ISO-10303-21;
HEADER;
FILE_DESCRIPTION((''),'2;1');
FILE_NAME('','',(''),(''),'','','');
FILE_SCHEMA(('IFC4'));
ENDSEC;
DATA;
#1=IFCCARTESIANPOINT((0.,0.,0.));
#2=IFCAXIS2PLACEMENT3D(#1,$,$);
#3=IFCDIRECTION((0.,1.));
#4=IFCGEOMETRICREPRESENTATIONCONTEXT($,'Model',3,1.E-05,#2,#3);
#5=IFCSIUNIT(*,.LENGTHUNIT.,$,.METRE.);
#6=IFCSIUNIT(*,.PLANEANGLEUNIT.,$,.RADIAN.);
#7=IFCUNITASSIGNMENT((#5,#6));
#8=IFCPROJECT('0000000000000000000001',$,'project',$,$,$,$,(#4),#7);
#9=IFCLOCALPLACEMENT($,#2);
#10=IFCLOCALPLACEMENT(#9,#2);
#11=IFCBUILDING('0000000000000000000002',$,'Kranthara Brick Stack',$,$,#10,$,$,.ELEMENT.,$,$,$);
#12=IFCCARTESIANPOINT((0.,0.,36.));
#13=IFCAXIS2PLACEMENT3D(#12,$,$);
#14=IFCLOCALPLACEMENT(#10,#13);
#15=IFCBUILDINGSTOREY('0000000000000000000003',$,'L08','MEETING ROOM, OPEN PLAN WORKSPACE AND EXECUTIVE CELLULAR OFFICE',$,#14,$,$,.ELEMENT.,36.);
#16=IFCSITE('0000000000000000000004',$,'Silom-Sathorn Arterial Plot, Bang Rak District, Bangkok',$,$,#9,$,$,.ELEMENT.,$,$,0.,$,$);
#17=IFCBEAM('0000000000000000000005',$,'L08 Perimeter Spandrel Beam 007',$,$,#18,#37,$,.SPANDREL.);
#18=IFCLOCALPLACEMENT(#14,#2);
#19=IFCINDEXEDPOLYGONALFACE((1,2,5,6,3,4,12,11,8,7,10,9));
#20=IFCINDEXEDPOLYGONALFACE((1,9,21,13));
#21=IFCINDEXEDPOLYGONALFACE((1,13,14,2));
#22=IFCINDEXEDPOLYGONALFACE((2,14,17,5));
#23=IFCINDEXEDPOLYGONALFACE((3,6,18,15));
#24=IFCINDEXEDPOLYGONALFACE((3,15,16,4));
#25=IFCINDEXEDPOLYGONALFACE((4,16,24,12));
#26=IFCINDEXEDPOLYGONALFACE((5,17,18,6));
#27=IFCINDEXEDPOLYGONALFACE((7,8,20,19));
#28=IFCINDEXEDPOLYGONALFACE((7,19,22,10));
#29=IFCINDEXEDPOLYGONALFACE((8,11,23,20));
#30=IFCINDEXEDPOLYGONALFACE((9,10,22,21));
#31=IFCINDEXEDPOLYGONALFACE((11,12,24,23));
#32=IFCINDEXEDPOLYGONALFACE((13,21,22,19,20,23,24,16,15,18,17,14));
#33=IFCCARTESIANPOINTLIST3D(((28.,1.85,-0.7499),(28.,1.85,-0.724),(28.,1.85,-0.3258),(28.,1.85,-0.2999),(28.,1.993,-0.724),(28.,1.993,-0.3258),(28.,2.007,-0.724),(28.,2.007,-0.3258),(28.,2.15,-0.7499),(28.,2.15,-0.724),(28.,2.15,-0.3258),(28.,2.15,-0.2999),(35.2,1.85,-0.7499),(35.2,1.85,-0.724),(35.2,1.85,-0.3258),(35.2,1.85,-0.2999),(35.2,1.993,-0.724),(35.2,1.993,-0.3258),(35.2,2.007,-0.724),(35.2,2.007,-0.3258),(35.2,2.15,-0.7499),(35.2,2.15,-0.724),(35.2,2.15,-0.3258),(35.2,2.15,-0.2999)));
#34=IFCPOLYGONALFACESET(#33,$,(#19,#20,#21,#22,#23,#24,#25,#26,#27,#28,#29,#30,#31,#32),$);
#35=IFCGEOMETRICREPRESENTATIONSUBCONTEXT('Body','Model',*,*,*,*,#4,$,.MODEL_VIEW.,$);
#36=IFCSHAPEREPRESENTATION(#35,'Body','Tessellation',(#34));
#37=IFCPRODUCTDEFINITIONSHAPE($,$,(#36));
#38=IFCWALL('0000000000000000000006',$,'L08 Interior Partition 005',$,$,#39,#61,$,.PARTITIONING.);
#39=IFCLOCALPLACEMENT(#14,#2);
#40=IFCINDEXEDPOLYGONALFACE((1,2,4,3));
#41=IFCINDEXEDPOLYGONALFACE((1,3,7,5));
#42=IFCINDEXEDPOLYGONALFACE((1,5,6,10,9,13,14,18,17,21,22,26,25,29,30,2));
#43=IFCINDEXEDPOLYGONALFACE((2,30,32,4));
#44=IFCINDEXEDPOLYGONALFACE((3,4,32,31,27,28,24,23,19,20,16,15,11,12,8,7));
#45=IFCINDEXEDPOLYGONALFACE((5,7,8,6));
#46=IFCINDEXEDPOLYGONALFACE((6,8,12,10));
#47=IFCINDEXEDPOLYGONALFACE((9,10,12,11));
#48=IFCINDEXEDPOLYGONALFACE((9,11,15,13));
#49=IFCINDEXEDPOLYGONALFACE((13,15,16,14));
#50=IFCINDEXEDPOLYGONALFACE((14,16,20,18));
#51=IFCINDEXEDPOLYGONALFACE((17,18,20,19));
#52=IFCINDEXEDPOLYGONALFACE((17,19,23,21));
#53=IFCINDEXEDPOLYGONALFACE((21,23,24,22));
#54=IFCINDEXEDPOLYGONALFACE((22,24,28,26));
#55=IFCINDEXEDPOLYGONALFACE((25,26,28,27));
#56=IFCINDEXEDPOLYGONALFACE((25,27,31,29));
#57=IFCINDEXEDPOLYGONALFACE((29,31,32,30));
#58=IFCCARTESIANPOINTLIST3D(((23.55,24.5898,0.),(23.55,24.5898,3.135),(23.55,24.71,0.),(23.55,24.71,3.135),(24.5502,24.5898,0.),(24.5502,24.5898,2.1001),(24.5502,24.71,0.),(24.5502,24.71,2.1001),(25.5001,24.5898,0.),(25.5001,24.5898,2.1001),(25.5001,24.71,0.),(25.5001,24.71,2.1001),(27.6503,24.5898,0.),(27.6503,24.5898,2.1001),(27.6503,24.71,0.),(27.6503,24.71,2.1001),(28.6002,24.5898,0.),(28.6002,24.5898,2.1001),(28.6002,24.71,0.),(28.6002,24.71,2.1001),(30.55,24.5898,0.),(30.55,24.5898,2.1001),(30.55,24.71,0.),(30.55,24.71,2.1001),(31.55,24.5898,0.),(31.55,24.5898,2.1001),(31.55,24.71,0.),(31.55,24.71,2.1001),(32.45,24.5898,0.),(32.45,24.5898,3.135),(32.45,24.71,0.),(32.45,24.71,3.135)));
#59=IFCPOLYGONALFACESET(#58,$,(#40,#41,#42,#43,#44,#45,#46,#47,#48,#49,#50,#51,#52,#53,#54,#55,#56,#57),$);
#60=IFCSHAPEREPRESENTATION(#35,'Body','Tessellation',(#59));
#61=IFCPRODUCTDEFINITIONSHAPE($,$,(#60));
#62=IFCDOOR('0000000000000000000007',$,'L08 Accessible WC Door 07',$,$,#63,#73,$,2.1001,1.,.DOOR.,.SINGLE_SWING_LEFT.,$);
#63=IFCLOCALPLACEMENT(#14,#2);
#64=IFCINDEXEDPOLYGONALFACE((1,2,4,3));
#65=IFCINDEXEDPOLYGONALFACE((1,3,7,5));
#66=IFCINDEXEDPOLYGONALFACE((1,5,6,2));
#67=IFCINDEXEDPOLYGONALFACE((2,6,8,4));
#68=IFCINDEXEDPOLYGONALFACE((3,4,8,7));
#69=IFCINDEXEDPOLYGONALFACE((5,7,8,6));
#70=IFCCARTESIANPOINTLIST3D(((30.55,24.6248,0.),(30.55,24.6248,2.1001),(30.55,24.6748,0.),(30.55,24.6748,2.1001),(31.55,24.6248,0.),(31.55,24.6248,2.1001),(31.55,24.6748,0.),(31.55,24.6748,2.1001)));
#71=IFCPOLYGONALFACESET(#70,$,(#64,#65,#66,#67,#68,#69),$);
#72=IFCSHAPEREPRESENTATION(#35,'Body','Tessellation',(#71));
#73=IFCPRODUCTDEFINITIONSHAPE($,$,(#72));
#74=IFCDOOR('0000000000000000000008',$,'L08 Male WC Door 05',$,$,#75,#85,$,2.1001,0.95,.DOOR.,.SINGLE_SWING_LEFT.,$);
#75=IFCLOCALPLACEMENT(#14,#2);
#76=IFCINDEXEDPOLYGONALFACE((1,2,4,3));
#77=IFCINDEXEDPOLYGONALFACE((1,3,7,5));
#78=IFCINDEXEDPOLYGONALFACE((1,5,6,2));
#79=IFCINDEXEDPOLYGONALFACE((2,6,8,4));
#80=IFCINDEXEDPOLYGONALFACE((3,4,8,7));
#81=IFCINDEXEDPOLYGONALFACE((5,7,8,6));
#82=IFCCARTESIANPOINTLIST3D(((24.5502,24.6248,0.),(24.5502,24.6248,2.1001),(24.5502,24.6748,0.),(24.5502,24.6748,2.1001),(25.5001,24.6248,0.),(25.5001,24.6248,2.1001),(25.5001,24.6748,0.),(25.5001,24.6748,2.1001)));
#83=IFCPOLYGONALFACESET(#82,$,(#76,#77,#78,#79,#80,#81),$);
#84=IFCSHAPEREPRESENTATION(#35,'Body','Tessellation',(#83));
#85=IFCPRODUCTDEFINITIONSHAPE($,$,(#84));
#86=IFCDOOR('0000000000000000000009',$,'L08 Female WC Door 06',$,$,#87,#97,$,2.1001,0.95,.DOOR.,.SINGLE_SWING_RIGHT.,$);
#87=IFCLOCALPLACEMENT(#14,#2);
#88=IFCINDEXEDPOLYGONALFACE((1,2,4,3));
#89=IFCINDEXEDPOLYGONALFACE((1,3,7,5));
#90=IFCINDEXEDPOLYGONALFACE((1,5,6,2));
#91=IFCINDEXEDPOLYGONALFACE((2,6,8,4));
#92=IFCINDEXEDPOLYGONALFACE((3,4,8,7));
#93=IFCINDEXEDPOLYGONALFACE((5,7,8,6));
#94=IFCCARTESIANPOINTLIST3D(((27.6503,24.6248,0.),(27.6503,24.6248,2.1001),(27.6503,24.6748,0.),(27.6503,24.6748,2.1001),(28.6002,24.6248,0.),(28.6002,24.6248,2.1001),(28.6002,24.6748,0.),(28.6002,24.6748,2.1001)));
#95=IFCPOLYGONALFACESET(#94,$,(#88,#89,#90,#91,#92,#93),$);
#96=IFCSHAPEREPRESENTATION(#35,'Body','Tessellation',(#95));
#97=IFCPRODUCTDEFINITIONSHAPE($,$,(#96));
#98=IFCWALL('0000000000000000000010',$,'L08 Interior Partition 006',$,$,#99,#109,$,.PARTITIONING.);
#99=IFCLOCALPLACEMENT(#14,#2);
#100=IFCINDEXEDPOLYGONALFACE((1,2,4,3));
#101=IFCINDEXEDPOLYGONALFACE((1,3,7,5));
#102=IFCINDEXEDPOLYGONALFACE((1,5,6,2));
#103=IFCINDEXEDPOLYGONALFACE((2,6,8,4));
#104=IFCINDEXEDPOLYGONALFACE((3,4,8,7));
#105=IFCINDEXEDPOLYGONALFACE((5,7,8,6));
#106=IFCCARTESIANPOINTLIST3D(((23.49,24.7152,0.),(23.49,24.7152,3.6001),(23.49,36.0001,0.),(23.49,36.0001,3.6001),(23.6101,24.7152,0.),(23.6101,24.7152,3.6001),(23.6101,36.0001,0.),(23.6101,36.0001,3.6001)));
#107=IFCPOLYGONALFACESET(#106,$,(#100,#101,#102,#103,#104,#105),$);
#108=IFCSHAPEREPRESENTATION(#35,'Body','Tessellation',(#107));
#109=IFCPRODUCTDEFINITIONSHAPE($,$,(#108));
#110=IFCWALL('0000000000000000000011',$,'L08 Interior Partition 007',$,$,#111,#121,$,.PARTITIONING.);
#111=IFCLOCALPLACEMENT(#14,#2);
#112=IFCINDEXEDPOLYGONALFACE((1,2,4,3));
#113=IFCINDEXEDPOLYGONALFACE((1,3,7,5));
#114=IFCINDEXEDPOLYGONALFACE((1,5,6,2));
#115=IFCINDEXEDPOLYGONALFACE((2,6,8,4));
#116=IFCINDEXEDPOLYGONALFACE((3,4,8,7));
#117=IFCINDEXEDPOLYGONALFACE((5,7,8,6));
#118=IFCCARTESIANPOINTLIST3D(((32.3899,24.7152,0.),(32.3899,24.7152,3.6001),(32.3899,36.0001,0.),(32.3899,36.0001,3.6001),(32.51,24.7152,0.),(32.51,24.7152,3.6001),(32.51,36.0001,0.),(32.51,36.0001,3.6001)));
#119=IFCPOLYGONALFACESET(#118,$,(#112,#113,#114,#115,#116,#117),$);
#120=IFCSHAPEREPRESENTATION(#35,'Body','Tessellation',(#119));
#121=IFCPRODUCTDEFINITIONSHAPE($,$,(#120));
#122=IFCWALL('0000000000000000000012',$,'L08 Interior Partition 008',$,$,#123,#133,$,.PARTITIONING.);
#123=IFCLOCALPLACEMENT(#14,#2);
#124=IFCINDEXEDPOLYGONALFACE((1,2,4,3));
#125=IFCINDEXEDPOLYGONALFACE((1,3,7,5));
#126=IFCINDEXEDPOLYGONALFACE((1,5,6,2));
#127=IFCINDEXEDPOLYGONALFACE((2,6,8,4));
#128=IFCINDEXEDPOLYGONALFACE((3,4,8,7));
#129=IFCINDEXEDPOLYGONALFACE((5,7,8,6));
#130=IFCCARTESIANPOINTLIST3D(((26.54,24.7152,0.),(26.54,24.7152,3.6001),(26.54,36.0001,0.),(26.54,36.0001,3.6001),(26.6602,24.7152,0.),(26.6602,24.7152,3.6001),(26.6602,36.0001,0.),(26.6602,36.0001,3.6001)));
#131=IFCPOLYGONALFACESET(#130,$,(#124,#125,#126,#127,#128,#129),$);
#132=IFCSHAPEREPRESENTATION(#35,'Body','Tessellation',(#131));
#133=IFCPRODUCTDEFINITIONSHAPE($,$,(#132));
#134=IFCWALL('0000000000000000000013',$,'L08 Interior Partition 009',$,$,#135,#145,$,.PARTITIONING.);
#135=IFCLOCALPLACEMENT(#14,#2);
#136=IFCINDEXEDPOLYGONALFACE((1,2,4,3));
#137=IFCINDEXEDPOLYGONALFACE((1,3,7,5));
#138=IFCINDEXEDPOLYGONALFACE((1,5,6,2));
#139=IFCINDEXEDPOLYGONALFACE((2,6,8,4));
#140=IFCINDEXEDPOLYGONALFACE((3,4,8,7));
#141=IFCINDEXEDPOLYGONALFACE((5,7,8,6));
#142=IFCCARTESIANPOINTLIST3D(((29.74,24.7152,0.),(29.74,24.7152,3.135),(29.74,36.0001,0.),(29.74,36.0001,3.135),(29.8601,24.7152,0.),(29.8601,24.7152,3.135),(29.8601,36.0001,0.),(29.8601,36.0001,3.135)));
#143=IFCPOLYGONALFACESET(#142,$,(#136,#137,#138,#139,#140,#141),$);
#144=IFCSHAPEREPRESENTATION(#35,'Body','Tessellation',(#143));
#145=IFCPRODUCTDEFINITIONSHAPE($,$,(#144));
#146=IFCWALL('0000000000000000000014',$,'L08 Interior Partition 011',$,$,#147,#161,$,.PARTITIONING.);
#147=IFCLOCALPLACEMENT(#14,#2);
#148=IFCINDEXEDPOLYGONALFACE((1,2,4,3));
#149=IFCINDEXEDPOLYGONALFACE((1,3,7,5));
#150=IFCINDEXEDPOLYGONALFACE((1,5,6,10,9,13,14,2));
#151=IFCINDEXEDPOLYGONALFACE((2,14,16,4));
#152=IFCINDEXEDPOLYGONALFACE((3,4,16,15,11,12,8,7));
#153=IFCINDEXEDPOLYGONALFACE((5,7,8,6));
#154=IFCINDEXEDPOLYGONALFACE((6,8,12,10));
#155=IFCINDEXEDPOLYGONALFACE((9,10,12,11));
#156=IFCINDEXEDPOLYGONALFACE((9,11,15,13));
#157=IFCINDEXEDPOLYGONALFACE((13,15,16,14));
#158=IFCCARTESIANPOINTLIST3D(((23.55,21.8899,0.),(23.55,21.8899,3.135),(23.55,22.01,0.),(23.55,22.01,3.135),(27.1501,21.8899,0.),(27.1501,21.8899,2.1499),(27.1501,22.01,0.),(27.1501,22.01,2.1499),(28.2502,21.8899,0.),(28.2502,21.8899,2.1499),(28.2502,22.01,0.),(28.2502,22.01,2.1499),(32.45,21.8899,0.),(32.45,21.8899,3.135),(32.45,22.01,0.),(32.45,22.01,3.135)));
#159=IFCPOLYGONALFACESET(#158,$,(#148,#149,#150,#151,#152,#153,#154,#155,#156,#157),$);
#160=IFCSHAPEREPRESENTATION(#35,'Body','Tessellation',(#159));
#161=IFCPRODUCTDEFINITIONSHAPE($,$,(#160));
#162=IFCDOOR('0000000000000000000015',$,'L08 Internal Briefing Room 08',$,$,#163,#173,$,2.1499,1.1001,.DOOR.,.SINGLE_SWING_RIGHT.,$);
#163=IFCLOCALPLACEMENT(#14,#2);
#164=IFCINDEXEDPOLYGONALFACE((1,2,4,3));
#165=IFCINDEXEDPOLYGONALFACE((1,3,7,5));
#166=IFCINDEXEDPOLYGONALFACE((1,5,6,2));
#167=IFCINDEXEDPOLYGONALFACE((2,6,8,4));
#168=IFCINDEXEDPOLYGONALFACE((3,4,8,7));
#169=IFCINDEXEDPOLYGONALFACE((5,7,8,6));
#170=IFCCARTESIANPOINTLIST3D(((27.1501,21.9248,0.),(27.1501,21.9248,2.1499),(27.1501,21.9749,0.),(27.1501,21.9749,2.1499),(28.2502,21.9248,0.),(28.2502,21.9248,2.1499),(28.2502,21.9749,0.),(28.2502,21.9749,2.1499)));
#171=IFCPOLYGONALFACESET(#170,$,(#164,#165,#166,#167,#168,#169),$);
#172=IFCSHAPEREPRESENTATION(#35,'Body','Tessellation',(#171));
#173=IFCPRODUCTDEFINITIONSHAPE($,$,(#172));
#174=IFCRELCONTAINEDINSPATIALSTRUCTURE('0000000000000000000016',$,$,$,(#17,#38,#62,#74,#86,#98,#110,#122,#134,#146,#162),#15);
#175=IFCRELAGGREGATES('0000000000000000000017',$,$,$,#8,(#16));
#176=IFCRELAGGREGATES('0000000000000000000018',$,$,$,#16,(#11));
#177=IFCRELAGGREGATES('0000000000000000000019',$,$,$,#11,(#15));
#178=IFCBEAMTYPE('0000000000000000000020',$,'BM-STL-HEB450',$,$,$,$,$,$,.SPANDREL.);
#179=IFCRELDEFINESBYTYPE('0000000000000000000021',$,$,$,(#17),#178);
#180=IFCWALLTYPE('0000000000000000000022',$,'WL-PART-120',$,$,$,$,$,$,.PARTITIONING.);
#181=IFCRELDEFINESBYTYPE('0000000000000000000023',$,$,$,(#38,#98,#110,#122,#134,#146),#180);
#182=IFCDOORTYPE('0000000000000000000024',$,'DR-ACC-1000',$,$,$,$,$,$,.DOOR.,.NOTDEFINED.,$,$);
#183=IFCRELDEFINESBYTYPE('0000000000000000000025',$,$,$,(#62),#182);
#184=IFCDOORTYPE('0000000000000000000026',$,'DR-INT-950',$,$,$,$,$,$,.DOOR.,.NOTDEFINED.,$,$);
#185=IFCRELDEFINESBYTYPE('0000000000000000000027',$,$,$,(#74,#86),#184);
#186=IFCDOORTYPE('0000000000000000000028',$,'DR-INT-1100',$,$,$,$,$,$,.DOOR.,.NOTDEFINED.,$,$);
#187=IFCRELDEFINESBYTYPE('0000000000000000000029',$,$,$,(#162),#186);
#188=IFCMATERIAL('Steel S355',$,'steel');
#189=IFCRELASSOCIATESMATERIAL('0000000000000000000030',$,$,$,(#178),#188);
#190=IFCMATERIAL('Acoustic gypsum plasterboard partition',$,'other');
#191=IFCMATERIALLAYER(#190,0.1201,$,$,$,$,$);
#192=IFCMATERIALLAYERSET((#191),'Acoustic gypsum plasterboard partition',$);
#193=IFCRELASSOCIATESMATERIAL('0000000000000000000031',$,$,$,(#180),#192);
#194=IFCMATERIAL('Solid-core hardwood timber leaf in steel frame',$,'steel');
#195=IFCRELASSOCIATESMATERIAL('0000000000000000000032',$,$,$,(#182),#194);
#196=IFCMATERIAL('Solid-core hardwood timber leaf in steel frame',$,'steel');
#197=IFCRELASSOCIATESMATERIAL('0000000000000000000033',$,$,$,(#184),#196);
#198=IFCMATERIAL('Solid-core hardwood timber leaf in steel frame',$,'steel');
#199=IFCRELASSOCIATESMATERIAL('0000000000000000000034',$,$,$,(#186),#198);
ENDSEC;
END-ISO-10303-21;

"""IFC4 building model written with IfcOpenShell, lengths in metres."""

from ifc_helpers import new_model, si_unit, direction, frame, frame_2d, origin, origin_2d, place, context, subcontext, project, spatial, rectangle, i_section, extrude, material, layer, layer_set, material_profile, profile_set, type_object, element, fill, save


model = new_model("IFC4")

# Units and contexts
model_context = context("Model", 3, precision=1e-05, world=origin(), true_north=direction((0.0, 1.0)))
body_context = subcontext(model_context, "Body", "Model", "MODEL_VIEW")
ifc_project = project(units=[si_unit("LENGTHUNIT", "METRE"), si_unit("PLANEANGLEUNIT", "RADIAN")], contexts=[model_context])

# Site, building, storey
site_placement = place(None, origin())
site = spatial("IfcSite", under=ifc_project, at=site_placement, Name="Silom-Sathorn Arterial Plot, Bang Rak District, Bangkok", CompositionType="ELEMENT", RefElevation=0.0)
building_placement = place(site_placement, origin())
building = spatial("IfcBuilding", under=site, at=building_placement, Name="Kranthara Brick Stack", CompositionType="ELEMENT")
storey_placement = place(building_placement, frame((0.0, 0.0, 36.0)))
storey = spatial("IfcBuildingStorey", under=building, at=storey_placement, Name="L08", Description="MEETING ROOM, OPEN PLAN WORKSPACE AND EXECUTIVE CELLULAR OFFICE", CompositionType="ELEMENT", Elevation=36.0)

# Beam
ifc_material_1 = material(Name="Steel S355", Category="steel")
ifc_material_profile_1 = material_profile(ifc_material_1, i_section(OverallWidth=0.3, OverallDepth=0.45, WebThickness=0.0139, FlangeThickness=0.0259, at=origin_2d()), Name="HEB 450")
ifc_profile_set_1 = profile_set([ifc_material_profile_1], Name="Steel S355")
beam_type_1 = type_object("IfcBeamType", Name="BM-STL-HEB450", PredefinedType="SPANDREL", material=ifc_profile_set_1)
beam_1_placement = place(storey_placement, frame((28.0, 2.0, -0.5249), z_axis=(1.0, 0.0, 0.0), x_axis=(0.0, 1.0, 0.0)))
element("IfcBeam", 1, at=beam_1_placement, inside=storey, type_object=beam_type_1, Name="L08 Perimeter Spandrel Beam 007", PredefinedType="SPANDREL", context=body_context, shape_type="SweptSolid", body=[
    extrude(i_section(OverallWidth=0.3, OverallDepth=0.45, WebThickness=0.0139, FlangeThickness=0.0259, at=origin_2d()), origin(), (0.0, 0.0, 1.0), 7.2),
])

# Wall, openings, doors
ifc_material_2 = material(Name="Acoustic gypsum plasterboard partition", Category="other")
ifc_layer = layer(ifc_material_2, 0.1201)
ifc_layer_set = layer_set([ifc_layer], Name="Acoustic gypsum plasterboard partition")
wall_type = type_object("IfcWallType", Name="WL-PART-120", PredefinedType="PARTITIONING", material=ifc_layer_set)
wall_1_placement = place(storey_placement, frame((23.55, 24.6499, 0.0), z_axis=(0.0, 0.0, 1.0), x_axis=(1.0, 0.0, 0.0)))
wall_1 = element("IfcWall", 2, at=wall_1_placement, inside=storey, type_object=wall_type, Name="L08 Interior Partition 005", PredefinedType="PARTITIONING", context=body_context, shape_type="SweptSolid", body=[
    extrude(rectangle(XDim=8.8999, YDim=0.1201, at=frame_2d((4.45, 0.0))), origin(), (0.0, 0.0, 1.0), 3.135),
])
opening_1_placement = place(wall_1_placement, frame((1.0, 0.0, 0.0)))
opening_1 = element("IfcOpeningElement", 3, at=opening_1_placement, cuts=wall_1, PredefinedType="OPENING", context=body_context, shape_type="SweptSolid", body=[
    extrude(rectangle(XDim=0.95, YDim=2.1001, at=frame_2d((0.4751, 1.05))), frame((0.0, 0.0701, 0.0), z_axis=(0.0, -1.0, 0.0), x_axis=(1.0, 0.0, 0.0)), (0.0, 0.0, 1.0), 0.1401),
])
opening_2_placement = place(wall_1_placement, frame((4.1001, 0.0, 0.0)))
opening_2 = element("IfcOpeningElement", 4, at=opening_2_placement, cuts=wall_1, PredefinedType="OPENING", context=body_context, shape_type="SweptSolid", body=[
    extrude(rectangle(XDim=0.95, YDim=2.1001, at=frame_2d((0.4751, 1.05))), frame((0.0, 0.0701, 0.0), z_axis=(0.0, -1.0, 0.0), x_axis=(1.0, 0.0, 0.0)), (0.0, 0.0, 1.0), 0.1401),
])
opening_3_placement = place(wall_1_placement, frame((7.0, 0.0, 0.0)))
opening_3 = element("IfcOpeningElement", 5, at=opening_3_placement, cuts=wall_1, PredefinedType="OPENING", context=body_context, shape_type="SweptSolid", body=[
    extrude(rectangle(XDim=1.0, YDim=2.1001, at=frame_2d((0.5, 1.05))), frame((0.0, 0.0701, 0.0), z_axis=(0.0, -1.0, 0.0), x_axis=(1.0, 0.0, 0.0)), (0.0, 0.0, 1.0), 0.1401),
])
ifc_material_3 = material(Name="Solid-core hardwood timber leaf in steel frame", Category="steel")
door_type_1 = type_object("IfcDoorType", Name="DR-ACC-1000", OperationType="NOTDEFINED", PredefinedType="DOOR", material=ifc_material_3)
door_1_placement = place(opening_3_placement, origin())
door_1 = element("IfcDoor", 6, at=door_1_placement, inside=storey, type_object=door_type_1, Name="L08 Accessible WC Door 07", OperationType="SINGLE_SWING_LEFT", OverallHeight=2.1001, OverallWidth=1.0, PredefinedType="DOOR", context=body_context, shape_type="SweptSolid", body=[
    extrude(rectangle(XDim=1.0, YDim=2.1001, at=frame_2d((0.5, 1.05))), frame((0.0, 0.0249, 0.0), z_axis=(0.0, -1.0, 0.0), x_axis=(1.0, 0.0, 0.0)), (0.0, 0.0, 1.0), 0.05),
])
fill(opening_3, door_1)
ifc_material_4 = material(Name="Solid-core hardwood timber leaf in steel frame", Category="steel")
door_type_2 = type_object("IfcDoorType", Name="DR-INT-950", OperationType="NOTDEFINED", PredefinedType="DOOR", material=ifc_material_4)
door_2_placement = place(opening_1_placement, origin())
door_2 = element("IfcDoor", 7, at=door_2_placement, inside=storey, type_object=door_type_2, Name="L08 Male WC Door 05", OperationType="SINGLE_SWING_LEFT", OverallHeight=2.1001, OverallWidth=0.95, PredefinedType="DOOR", context=body_context, shape_type="SweptSolid", body=[
    extrude(rectangle(XDim=0.95, YDim=2.1001, at=frame_2d((0.4751, 1.05))), frame((0.0, 0.0249, 0.0), z_axis=(0.0, -1.0, 0.0), x_axis=(1.0, 0.0, 0.0)), (0.0, 0.0, 1.0), 0.05),
])
fill(opening_1, door_2)
door_3_placement = place(opening_2_placement, origin())
door_3 = element("IfcDoor", 8, at=door_3_placement, inside=storey, type_object=door_type_2, Name="L08 Female WC Door 06", OperationType="SINGLE_SWING_RIGHT", OverallHeight=2.1001, OverallWidth=0.95, PredefinedType="DOOR", context=body_context, shape_type="SweptSolid", body=[
    extrude(rectangle(XDim=0.95, YDim=2.1001, at=frame_2d((0.4751, 1.05))), frame((0.0, 0.0249, 0.0), z_axis=(0.0, -1.0, 0.0), x_axis=(1.0, 0.0, 0.0)), (0.0, 0.0, 1.0), 0.05),
])
fill(opening_2, door_3)

# Walls
for number, where, z_axis, x_axis, name in (
    (9, (23.55, 24.7151, 0.0), (0.0, 0.0, 1.0), (0.0, 1.0, 0.0), "L08 Interior Partition 006"),
    (10, (32.45, 24.7151, 0.0), (0.0, 0.0, 1.0), (0.0, 1.0, 0.0), "L08 Interior Partition 007"),
    (11, (26.6001, 24.7151, 0.0), (0.0, 0.0, 1.0), (0.0, 1.0, 0.0), "L08 Interior Partition 008"),
):
    element("IfcWall", number, at=place(storey_placement, frame(where, z_axis=z_axis, x_axis=x_axis)), inside=storey, type_object=wall_type, Name=name, PredefinedType="PARTITIONING", context=body_context, shape_type="SweptSolid", body=[
        extrude(rectangle(XDim=11.2849, YDim=0.1201, at=frame_2d((5.6426, 0.0))), origin(), (0.0, 0.0, 1.0), 3.6001),
    ])
wall_2_placement = place(storey_placement, frame((29.8, 24.7151, 0.0), z_axis=(0.0, 0.0, 1.0), x_axis=(0.0, 1.0, 0.0)))
element("IfcWall", 12, at=wall_2_placement, inside=storey, type_object=wall_type, Name="L08 Interior Partition 009", PredefinedType="PARTITIONING", context=body_context, shape_type="SweptSolid", body=[
    extrude(rectangle(XDim=11.2849, YDim=0.1201, at=frame_2d((5.6426, 0.0))), origin(), (0.0, 0.0, 1.0), 3.135),
])

# Wall, opening, door
wall_3_placement = place(storey_placement, frame((23.55, 21.95, 0.0), z_axis=(0.0, 0.0, 1.0), x_axis=(1.0, 0.0, 0.0)))
wall_3 = element("IfcWall", 13, at=wall_3_placement, inside=storey, type_object=wall_type, Name="L08 Interior Partition 011", PredefinedType="PARTITIONING", context=body_context, shape_type="SweptSolid", body=[
    extrude(rectangle(XDim=8.8999, YDim=0.1201, at=frame_2d((4.45, 0.0))), origin(), (0.0, 0.0, 1.0), 3.135),
])
opening_4_placement = place(wall_3_placement, frame((3.6001, 0.0, 0.0)))
opening_4 = element("IfcOpeningElement", 14, at=opening_4_placement, cuts=wall_3, PredefinedType="OPENING", context=body_context, shape_type="SweptSolid", body=[
    extrude(rectangle(XDim=1.1001, YDim=2.1499, at=frame_2d((0.55, 1.075))), frame((0.0, 0.0701, 0.0), z_axis=(0.0, -1.0, 0.0), x_axis=(1.0, 0.0, 0.0)), (0.0, 0.0, 1.0), 0.1401),
])
ifc_material_5 = material(Name="Solid-core hardwood timber leaf in steel frame", Category="steel")
door_type_3 = type_object("IfcDoorType", Name="DR-INT-1100", OperationType="NOTDEFINED", PredefinedType="DOOR", material=ifc_material_5)
door_4_placement = place(opening_4_placement, origin())
door_4 = element("IfcDoor", 15, at=door_4_placement, inside=storey, type_object=door_type_3, Name="L08 Internal Briefing Room 08", OperationType="SINGLE_SWING_RIGHT", OverallHeight=2.1499, OverallWidth=1.1001, PredefinedType="DOOR", context=body_context, shape_type="SweptSolid", body=[
    extrude(rectangle(XDim=1.1001, YDim=2.1499, at=frame_2d((0.55, 1.075))), frame((0.0, 0.0249, 0.0), z_axis=(0.0, -1.0, 0.0), x_axis=(1.0, 0.0, 0.0)), (0.0, 0.0, 1.0), 0.05),
])
fill(opening_4, door_4)

save(model, "model.ifc")
